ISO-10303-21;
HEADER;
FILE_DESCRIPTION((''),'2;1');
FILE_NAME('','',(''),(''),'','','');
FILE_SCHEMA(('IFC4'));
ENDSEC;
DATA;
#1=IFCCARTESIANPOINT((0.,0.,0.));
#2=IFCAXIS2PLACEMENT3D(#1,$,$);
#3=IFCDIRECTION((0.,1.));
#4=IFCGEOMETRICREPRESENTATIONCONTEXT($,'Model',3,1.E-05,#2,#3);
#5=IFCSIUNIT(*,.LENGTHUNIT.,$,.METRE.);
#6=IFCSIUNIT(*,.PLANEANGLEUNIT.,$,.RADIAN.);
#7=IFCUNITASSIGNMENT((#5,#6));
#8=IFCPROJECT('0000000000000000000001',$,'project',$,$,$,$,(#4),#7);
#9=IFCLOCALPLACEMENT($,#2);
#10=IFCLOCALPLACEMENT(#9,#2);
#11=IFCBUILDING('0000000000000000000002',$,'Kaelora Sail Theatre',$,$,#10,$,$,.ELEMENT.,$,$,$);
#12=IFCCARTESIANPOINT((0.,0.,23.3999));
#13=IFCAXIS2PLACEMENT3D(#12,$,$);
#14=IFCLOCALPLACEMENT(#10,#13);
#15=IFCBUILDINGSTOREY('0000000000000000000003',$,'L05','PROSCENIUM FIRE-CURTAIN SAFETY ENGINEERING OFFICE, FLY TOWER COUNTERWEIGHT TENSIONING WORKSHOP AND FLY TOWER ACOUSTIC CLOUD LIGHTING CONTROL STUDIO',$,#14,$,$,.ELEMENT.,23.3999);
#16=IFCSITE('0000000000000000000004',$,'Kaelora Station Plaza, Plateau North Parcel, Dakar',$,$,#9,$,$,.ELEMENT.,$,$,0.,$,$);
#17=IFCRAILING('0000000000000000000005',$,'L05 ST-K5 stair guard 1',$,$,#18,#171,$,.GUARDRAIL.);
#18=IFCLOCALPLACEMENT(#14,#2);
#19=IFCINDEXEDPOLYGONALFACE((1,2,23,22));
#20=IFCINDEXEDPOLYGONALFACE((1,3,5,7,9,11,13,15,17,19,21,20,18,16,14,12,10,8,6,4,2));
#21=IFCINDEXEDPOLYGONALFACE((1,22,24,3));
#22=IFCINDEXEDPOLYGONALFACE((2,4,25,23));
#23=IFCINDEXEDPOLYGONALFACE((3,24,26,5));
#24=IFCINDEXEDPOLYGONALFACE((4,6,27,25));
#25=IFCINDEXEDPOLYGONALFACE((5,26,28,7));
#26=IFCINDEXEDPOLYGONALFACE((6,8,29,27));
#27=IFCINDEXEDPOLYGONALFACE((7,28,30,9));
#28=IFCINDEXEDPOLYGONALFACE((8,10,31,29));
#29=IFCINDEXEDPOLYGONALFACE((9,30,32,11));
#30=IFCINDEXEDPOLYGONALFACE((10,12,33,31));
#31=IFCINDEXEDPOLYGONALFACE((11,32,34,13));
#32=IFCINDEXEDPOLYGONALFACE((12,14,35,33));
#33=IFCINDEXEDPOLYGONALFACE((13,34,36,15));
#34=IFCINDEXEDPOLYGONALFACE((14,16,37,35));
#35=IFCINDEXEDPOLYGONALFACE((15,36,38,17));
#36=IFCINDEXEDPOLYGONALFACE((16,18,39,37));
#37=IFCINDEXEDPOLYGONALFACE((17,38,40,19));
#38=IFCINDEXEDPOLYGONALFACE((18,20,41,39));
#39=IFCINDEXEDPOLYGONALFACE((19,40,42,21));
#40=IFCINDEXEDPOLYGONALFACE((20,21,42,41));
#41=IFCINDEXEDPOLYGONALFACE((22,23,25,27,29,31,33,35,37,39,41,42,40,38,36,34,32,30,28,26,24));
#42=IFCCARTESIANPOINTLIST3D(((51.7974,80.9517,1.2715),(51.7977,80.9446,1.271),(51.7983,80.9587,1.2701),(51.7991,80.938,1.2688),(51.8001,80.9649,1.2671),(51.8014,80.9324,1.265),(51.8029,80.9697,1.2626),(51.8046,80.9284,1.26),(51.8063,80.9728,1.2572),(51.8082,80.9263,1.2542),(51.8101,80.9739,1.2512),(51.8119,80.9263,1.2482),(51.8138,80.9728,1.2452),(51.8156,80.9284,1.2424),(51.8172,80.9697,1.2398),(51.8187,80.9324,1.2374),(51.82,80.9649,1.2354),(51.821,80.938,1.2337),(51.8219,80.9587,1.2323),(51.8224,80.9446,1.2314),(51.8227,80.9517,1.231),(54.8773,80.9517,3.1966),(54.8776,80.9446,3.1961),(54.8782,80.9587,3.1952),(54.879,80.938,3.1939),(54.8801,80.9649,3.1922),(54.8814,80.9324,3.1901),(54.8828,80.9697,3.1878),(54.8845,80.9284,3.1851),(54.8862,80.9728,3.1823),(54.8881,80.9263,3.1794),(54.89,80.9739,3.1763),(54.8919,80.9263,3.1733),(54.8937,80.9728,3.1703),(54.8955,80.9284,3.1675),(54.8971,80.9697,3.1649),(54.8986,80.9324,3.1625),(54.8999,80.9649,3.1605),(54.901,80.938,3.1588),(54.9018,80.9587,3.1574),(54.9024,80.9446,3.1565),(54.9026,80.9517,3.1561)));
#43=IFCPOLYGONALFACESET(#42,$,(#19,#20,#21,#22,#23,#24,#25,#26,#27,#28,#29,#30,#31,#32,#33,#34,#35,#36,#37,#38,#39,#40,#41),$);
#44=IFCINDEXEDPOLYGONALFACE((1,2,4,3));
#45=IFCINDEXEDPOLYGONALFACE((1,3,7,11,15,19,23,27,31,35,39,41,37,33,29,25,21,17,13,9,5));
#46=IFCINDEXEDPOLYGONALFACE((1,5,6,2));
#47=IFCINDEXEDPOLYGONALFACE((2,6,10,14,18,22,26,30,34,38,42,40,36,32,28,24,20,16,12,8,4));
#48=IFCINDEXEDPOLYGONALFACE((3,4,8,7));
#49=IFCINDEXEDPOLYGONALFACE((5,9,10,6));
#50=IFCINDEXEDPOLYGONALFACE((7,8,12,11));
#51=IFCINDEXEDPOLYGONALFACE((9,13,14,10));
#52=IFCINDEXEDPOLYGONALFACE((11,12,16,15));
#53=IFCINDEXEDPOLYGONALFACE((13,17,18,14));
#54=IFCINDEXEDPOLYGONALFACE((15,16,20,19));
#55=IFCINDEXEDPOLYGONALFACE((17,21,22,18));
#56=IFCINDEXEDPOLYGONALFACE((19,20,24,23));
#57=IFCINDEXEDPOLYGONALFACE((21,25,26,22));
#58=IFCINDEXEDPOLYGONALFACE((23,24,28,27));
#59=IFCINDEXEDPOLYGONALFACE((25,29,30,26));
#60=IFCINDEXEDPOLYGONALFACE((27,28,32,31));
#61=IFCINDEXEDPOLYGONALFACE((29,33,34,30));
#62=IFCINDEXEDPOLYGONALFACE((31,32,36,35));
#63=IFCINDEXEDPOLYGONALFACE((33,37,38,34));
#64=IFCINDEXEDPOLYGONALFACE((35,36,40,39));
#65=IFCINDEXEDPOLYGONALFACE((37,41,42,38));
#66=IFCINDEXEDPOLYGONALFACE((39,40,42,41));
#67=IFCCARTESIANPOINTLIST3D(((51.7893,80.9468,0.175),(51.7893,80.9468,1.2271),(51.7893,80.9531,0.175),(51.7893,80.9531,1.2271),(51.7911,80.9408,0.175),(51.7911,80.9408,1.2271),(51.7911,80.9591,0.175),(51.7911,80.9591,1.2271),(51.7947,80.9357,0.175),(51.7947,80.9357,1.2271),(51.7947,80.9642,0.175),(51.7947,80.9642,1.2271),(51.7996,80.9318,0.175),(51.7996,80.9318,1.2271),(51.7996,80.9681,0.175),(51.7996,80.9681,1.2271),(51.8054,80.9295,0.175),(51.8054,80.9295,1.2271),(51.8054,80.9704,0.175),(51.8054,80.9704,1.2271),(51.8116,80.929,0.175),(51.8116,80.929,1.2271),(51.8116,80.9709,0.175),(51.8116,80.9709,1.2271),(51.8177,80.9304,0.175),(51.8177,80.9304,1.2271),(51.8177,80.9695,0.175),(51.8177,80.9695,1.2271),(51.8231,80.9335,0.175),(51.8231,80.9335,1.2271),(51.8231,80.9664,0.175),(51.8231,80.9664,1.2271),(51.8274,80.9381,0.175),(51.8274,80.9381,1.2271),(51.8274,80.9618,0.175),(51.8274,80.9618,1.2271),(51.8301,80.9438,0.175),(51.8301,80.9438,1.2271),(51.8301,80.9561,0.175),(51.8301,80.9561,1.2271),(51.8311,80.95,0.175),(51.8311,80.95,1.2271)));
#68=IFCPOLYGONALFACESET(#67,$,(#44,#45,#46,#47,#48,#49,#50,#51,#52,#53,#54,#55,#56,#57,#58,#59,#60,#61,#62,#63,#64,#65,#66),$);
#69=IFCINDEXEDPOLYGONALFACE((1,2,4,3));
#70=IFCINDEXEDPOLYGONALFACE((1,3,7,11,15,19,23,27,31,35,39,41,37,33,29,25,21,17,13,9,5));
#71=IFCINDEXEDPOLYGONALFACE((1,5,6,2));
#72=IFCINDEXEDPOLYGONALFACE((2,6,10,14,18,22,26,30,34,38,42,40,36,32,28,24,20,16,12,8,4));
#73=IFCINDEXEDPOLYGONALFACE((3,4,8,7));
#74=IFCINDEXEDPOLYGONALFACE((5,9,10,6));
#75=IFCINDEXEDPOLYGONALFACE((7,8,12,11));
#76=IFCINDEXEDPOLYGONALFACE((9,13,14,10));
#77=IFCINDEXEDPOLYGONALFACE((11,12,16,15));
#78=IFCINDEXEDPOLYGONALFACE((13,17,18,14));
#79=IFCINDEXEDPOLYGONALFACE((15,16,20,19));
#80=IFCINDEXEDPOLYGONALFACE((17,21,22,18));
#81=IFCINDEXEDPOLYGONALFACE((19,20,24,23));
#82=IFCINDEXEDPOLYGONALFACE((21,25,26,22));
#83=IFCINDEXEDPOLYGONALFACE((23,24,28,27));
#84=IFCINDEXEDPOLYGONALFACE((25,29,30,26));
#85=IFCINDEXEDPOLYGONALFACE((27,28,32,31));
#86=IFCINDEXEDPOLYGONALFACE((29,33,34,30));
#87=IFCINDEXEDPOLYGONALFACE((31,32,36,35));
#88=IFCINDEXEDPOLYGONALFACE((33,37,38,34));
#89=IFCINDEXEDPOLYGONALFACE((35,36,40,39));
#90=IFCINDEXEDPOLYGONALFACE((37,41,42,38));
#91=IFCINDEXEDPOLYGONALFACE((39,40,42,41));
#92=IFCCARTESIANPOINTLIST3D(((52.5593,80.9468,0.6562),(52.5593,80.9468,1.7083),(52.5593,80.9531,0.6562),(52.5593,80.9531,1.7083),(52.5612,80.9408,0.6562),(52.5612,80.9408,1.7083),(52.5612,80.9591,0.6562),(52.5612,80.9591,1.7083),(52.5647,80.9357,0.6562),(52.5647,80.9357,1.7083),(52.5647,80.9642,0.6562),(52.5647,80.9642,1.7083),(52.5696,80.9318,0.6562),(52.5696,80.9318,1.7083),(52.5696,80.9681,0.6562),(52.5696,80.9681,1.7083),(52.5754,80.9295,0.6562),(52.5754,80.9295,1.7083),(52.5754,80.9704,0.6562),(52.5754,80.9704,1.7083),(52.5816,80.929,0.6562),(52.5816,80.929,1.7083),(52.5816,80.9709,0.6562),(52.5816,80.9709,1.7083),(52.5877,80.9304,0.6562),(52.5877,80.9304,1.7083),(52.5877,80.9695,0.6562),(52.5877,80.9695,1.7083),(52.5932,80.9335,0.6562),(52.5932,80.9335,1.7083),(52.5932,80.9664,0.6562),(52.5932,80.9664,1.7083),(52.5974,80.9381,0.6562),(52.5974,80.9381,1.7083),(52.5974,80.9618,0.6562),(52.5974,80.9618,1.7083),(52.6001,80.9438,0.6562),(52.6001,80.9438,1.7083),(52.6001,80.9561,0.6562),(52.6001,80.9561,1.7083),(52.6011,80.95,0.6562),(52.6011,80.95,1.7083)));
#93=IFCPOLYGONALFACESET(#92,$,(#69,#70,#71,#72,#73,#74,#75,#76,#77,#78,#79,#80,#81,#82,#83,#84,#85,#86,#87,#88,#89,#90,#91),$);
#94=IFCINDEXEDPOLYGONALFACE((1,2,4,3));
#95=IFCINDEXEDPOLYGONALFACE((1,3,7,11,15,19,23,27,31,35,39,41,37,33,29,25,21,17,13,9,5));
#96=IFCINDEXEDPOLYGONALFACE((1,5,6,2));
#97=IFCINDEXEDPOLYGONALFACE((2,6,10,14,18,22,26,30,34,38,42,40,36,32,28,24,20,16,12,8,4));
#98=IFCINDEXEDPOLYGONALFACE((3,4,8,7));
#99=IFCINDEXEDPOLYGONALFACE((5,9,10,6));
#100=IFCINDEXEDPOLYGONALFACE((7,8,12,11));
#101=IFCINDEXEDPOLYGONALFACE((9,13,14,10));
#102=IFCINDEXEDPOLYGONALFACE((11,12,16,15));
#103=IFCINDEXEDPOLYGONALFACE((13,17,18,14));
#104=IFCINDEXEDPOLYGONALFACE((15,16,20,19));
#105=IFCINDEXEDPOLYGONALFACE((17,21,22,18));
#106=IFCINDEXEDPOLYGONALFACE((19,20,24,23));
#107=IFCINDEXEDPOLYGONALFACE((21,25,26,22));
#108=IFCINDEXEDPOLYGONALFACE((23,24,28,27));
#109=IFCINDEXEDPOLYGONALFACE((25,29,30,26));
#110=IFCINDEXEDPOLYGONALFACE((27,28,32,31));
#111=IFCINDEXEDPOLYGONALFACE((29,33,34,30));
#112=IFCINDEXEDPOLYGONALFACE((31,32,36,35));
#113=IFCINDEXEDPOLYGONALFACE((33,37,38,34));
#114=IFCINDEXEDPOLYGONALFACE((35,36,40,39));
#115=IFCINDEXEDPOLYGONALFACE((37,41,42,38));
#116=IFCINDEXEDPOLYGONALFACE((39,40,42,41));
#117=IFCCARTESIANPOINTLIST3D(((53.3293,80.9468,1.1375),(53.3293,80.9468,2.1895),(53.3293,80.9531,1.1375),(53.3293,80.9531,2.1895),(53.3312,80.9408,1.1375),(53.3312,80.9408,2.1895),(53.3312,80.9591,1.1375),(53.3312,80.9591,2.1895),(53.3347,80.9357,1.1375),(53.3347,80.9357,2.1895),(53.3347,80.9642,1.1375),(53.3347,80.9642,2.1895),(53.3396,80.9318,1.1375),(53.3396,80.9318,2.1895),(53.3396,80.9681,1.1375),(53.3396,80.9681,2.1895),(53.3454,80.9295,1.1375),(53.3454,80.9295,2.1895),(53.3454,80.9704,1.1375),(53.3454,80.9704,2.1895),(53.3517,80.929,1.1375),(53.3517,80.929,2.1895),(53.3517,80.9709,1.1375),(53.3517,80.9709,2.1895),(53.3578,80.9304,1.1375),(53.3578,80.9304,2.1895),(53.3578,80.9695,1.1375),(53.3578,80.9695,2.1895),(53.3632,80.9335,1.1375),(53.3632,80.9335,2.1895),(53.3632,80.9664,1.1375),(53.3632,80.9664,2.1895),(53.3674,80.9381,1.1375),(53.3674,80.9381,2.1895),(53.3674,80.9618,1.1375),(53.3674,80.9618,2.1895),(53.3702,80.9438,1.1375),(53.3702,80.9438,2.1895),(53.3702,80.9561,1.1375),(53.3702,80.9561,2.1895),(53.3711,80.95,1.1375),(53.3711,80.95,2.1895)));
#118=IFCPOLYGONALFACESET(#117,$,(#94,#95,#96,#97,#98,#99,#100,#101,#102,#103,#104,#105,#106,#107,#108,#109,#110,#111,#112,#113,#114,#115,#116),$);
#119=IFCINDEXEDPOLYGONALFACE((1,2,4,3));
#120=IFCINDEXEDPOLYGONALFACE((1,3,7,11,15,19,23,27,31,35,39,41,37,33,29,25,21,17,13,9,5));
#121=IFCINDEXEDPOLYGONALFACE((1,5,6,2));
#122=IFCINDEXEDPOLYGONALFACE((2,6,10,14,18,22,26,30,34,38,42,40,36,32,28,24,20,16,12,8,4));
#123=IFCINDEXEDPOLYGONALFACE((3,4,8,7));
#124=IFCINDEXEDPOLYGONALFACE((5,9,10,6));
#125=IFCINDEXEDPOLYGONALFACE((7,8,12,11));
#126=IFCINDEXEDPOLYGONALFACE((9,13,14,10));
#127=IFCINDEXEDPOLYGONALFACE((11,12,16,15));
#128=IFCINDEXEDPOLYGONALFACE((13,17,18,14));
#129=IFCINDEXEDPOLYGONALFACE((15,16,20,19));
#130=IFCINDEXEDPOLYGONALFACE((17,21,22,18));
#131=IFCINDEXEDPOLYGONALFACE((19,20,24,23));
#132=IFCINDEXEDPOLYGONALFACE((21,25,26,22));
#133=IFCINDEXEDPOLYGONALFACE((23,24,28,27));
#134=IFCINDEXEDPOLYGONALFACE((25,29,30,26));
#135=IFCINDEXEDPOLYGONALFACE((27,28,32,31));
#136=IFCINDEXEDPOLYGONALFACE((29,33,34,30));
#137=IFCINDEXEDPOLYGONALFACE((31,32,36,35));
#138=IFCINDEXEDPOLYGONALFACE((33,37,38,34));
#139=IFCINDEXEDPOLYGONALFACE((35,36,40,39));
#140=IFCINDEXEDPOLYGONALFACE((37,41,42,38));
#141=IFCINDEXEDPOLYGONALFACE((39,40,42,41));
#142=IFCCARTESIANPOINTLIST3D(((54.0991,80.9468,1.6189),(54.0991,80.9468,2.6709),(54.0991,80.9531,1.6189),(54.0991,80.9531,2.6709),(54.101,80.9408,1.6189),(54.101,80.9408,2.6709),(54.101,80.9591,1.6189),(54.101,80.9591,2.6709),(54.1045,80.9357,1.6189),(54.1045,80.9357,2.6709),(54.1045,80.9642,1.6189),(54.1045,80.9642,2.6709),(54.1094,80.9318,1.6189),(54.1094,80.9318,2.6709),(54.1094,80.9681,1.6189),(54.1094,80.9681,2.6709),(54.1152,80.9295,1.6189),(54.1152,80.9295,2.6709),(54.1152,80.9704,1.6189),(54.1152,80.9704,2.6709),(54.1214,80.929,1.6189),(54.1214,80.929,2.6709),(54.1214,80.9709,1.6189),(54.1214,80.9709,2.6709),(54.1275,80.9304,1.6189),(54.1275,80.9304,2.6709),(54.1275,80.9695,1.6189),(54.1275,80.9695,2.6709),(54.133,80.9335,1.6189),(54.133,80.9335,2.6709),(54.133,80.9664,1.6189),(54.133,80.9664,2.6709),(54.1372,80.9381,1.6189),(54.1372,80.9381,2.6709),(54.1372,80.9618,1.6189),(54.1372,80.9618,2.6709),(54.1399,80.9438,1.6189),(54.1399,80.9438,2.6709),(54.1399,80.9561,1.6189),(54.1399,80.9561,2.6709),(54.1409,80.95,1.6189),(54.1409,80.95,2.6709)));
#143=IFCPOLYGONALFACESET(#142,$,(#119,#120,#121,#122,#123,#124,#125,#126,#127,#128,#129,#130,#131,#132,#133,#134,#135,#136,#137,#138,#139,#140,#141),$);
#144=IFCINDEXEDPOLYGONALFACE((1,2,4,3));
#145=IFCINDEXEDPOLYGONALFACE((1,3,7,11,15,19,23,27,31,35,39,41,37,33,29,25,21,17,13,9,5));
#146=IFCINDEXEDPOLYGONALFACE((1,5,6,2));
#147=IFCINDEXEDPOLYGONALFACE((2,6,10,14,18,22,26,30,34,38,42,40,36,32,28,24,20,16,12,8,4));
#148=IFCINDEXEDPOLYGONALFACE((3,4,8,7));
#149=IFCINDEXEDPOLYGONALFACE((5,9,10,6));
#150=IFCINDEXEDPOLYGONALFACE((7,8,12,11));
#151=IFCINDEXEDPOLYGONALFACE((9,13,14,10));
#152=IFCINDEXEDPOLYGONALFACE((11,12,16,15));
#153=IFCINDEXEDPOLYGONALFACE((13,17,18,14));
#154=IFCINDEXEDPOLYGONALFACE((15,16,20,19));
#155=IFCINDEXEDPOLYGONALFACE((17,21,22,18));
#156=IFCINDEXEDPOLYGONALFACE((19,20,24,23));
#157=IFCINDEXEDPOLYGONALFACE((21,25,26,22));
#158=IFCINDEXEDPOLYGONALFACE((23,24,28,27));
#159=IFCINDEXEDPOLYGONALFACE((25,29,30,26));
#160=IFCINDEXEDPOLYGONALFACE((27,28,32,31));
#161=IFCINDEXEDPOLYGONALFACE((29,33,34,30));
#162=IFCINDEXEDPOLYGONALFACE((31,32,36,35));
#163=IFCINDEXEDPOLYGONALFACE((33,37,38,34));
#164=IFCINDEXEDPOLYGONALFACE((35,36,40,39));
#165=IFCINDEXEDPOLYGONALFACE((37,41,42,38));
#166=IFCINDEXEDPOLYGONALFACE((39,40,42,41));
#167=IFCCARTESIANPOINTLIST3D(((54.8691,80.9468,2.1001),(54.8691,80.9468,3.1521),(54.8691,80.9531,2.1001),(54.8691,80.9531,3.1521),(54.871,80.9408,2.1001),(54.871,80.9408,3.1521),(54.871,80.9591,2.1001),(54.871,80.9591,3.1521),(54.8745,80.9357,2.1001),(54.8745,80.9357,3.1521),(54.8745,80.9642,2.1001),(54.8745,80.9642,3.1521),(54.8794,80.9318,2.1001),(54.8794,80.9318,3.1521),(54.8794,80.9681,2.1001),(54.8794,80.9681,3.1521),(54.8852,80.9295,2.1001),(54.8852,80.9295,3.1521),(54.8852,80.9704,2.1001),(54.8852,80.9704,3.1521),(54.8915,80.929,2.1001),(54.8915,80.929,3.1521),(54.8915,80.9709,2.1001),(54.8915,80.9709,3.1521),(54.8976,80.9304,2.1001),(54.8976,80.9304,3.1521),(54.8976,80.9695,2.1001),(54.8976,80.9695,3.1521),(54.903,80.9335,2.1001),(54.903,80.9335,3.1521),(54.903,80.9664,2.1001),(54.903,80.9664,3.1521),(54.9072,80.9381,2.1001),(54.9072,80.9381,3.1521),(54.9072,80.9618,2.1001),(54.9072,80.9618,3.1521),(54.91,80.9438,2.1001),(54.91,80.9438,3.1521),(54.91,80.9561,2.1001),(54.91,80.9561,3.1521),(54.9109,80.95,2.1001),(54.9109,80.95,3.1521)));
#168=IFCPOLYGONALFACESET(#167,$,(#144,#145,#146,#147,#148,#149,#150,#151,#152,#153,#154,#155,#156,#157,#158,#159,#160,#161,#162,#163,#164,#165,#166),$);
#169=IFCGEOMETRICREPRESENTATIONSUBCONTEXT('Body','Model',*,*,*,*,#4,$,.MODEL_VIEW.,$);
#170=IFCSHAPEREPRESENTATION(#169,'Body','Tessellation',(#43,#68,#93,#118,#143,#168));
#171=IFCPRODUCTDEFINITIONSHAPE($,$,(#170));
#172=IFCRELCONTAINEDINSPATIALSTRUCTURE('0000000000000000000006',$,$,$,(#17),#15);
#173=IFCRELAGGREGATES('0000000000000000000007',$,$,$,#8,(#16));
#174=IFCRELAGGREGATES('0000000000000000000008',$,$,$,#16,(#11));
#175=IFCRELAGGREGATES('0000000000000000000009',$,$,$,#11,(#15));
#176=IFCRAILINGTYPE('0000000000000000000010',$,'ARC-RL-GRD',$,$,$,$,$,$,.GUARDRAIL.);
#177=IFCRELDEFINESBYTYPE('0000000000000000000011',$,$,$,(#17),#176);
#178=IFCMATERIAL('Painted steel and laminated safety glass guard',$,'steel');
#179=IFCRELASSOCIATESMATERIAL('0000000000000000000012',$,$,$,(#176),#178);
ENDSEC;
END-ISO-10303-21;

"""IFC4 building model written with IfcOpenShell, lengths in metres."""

from ifc_helpers import new_model, si_unit, direction, frame, origin, origin_2d, place, context, subcontext, project, spatial, circle, extrude, material, type_object, element, save


model = new_model("IFC4")

# Units and contexts
model_context = context("Model", 3, precision=1e-05, world=origin(), true_north=direction((0.0, 1.0)))
body_context = subcontext(model_context, "Body", "Model", "MODEL_VIEW")
ifc_project = project(units=[si_unit("LENGTHUNIT", "METRE"), si_unit("PLANEANGLEUNIT", "RADIAN")], contexts=[model_context])

# Site, building, storey
site_placement = place(None, origin())
site = spatial("IfcSite", under=ifc_project, at=site_placement, Name="Kaelora Station Plaza, Plateau North Parcel, Dakar", CompositionType="ELEMENT", RefElevation=0.0)
building_placement = place(site_placement, origin())
building = spatial("IfcBuilding", under=site, at=building_placement, Name="Kaelora Sail Theatre", CompositionType="ELEMENT")
storey_placement = place(building_placement, frame((0.0, 0.0, 23.3999)))
storey = spatial("IfcBuildingStorey", under=building, at=storey_placement, Name="L05", Description="PROSCENIUM FIRE-CURTAIN SAFETY ENGINEERING OFFICE, FLY TOWER COUNTERWEIGHT TENSIONING WORKSHOP AND FLY TOWER ACOUSTIC CLOUD LIGHTING CONTROL STUDIO", CompositionType="ELEMENT", Elevation=23.3999)

# Railing
ifc_material_1 = material(Name="Painted steel and laminated safety glass guard", Category="steel")
railing_type_1 = type_object("IfcRailingType", Name="ARC-RL-GRD", PredefinedType="GUARDRAIL", material=ifc_material_1)
railing_1_placement = place(storey_placement, frame((51.8101, 80.95, 0.175)))
element("IfcRailing", 1, at=railing_1_placement, inside=storey, type_object=railing_type_1, Name="L05 ST-K5 stair guard 1", PredefinedType="GUARDRAIL", context=body_context, shape_type="SweptSolid", body=[
    extrude(circle(Radius=0.0239, at=origin_2d()), frame((0.0, 0.0, 1.0762), z_axis=(0.847979, 0.0, 0.530029), x_axis=(0.0, 1.0, 0.0)), (0.0, 0.0, 1.0), 3.6321),
    extrude(circle(Radius=0.021, at=origin_2d()), origin(), (0.0, 0.0, 1.0), 1.052),
    extrude(circle(Radius=0.021, at=origin_2d()), frame((0.77, 0.0, 0.4812)), (0.0, 0.0, 1.0), 1.052),
    extrude(circle(Radius=0.021, at=origin_2d()), frame((1.54, 0.0, 0.9624)), (0.0, 0.0, 1.0), 1.052),
    extrude(circle(Radius=0.021, at=origin_2d()), frame((2.3098, 0.0, 1.4438)), (0.0, 0.0, 1.0), 1.052),
    extrude(circle(Radius=0.021, at=origin_2d()), frame((3.0798, 0.0, 1.925)), (0.0, 0.0, 1.0), 1.052),
])

save(model, "model.ifc")
